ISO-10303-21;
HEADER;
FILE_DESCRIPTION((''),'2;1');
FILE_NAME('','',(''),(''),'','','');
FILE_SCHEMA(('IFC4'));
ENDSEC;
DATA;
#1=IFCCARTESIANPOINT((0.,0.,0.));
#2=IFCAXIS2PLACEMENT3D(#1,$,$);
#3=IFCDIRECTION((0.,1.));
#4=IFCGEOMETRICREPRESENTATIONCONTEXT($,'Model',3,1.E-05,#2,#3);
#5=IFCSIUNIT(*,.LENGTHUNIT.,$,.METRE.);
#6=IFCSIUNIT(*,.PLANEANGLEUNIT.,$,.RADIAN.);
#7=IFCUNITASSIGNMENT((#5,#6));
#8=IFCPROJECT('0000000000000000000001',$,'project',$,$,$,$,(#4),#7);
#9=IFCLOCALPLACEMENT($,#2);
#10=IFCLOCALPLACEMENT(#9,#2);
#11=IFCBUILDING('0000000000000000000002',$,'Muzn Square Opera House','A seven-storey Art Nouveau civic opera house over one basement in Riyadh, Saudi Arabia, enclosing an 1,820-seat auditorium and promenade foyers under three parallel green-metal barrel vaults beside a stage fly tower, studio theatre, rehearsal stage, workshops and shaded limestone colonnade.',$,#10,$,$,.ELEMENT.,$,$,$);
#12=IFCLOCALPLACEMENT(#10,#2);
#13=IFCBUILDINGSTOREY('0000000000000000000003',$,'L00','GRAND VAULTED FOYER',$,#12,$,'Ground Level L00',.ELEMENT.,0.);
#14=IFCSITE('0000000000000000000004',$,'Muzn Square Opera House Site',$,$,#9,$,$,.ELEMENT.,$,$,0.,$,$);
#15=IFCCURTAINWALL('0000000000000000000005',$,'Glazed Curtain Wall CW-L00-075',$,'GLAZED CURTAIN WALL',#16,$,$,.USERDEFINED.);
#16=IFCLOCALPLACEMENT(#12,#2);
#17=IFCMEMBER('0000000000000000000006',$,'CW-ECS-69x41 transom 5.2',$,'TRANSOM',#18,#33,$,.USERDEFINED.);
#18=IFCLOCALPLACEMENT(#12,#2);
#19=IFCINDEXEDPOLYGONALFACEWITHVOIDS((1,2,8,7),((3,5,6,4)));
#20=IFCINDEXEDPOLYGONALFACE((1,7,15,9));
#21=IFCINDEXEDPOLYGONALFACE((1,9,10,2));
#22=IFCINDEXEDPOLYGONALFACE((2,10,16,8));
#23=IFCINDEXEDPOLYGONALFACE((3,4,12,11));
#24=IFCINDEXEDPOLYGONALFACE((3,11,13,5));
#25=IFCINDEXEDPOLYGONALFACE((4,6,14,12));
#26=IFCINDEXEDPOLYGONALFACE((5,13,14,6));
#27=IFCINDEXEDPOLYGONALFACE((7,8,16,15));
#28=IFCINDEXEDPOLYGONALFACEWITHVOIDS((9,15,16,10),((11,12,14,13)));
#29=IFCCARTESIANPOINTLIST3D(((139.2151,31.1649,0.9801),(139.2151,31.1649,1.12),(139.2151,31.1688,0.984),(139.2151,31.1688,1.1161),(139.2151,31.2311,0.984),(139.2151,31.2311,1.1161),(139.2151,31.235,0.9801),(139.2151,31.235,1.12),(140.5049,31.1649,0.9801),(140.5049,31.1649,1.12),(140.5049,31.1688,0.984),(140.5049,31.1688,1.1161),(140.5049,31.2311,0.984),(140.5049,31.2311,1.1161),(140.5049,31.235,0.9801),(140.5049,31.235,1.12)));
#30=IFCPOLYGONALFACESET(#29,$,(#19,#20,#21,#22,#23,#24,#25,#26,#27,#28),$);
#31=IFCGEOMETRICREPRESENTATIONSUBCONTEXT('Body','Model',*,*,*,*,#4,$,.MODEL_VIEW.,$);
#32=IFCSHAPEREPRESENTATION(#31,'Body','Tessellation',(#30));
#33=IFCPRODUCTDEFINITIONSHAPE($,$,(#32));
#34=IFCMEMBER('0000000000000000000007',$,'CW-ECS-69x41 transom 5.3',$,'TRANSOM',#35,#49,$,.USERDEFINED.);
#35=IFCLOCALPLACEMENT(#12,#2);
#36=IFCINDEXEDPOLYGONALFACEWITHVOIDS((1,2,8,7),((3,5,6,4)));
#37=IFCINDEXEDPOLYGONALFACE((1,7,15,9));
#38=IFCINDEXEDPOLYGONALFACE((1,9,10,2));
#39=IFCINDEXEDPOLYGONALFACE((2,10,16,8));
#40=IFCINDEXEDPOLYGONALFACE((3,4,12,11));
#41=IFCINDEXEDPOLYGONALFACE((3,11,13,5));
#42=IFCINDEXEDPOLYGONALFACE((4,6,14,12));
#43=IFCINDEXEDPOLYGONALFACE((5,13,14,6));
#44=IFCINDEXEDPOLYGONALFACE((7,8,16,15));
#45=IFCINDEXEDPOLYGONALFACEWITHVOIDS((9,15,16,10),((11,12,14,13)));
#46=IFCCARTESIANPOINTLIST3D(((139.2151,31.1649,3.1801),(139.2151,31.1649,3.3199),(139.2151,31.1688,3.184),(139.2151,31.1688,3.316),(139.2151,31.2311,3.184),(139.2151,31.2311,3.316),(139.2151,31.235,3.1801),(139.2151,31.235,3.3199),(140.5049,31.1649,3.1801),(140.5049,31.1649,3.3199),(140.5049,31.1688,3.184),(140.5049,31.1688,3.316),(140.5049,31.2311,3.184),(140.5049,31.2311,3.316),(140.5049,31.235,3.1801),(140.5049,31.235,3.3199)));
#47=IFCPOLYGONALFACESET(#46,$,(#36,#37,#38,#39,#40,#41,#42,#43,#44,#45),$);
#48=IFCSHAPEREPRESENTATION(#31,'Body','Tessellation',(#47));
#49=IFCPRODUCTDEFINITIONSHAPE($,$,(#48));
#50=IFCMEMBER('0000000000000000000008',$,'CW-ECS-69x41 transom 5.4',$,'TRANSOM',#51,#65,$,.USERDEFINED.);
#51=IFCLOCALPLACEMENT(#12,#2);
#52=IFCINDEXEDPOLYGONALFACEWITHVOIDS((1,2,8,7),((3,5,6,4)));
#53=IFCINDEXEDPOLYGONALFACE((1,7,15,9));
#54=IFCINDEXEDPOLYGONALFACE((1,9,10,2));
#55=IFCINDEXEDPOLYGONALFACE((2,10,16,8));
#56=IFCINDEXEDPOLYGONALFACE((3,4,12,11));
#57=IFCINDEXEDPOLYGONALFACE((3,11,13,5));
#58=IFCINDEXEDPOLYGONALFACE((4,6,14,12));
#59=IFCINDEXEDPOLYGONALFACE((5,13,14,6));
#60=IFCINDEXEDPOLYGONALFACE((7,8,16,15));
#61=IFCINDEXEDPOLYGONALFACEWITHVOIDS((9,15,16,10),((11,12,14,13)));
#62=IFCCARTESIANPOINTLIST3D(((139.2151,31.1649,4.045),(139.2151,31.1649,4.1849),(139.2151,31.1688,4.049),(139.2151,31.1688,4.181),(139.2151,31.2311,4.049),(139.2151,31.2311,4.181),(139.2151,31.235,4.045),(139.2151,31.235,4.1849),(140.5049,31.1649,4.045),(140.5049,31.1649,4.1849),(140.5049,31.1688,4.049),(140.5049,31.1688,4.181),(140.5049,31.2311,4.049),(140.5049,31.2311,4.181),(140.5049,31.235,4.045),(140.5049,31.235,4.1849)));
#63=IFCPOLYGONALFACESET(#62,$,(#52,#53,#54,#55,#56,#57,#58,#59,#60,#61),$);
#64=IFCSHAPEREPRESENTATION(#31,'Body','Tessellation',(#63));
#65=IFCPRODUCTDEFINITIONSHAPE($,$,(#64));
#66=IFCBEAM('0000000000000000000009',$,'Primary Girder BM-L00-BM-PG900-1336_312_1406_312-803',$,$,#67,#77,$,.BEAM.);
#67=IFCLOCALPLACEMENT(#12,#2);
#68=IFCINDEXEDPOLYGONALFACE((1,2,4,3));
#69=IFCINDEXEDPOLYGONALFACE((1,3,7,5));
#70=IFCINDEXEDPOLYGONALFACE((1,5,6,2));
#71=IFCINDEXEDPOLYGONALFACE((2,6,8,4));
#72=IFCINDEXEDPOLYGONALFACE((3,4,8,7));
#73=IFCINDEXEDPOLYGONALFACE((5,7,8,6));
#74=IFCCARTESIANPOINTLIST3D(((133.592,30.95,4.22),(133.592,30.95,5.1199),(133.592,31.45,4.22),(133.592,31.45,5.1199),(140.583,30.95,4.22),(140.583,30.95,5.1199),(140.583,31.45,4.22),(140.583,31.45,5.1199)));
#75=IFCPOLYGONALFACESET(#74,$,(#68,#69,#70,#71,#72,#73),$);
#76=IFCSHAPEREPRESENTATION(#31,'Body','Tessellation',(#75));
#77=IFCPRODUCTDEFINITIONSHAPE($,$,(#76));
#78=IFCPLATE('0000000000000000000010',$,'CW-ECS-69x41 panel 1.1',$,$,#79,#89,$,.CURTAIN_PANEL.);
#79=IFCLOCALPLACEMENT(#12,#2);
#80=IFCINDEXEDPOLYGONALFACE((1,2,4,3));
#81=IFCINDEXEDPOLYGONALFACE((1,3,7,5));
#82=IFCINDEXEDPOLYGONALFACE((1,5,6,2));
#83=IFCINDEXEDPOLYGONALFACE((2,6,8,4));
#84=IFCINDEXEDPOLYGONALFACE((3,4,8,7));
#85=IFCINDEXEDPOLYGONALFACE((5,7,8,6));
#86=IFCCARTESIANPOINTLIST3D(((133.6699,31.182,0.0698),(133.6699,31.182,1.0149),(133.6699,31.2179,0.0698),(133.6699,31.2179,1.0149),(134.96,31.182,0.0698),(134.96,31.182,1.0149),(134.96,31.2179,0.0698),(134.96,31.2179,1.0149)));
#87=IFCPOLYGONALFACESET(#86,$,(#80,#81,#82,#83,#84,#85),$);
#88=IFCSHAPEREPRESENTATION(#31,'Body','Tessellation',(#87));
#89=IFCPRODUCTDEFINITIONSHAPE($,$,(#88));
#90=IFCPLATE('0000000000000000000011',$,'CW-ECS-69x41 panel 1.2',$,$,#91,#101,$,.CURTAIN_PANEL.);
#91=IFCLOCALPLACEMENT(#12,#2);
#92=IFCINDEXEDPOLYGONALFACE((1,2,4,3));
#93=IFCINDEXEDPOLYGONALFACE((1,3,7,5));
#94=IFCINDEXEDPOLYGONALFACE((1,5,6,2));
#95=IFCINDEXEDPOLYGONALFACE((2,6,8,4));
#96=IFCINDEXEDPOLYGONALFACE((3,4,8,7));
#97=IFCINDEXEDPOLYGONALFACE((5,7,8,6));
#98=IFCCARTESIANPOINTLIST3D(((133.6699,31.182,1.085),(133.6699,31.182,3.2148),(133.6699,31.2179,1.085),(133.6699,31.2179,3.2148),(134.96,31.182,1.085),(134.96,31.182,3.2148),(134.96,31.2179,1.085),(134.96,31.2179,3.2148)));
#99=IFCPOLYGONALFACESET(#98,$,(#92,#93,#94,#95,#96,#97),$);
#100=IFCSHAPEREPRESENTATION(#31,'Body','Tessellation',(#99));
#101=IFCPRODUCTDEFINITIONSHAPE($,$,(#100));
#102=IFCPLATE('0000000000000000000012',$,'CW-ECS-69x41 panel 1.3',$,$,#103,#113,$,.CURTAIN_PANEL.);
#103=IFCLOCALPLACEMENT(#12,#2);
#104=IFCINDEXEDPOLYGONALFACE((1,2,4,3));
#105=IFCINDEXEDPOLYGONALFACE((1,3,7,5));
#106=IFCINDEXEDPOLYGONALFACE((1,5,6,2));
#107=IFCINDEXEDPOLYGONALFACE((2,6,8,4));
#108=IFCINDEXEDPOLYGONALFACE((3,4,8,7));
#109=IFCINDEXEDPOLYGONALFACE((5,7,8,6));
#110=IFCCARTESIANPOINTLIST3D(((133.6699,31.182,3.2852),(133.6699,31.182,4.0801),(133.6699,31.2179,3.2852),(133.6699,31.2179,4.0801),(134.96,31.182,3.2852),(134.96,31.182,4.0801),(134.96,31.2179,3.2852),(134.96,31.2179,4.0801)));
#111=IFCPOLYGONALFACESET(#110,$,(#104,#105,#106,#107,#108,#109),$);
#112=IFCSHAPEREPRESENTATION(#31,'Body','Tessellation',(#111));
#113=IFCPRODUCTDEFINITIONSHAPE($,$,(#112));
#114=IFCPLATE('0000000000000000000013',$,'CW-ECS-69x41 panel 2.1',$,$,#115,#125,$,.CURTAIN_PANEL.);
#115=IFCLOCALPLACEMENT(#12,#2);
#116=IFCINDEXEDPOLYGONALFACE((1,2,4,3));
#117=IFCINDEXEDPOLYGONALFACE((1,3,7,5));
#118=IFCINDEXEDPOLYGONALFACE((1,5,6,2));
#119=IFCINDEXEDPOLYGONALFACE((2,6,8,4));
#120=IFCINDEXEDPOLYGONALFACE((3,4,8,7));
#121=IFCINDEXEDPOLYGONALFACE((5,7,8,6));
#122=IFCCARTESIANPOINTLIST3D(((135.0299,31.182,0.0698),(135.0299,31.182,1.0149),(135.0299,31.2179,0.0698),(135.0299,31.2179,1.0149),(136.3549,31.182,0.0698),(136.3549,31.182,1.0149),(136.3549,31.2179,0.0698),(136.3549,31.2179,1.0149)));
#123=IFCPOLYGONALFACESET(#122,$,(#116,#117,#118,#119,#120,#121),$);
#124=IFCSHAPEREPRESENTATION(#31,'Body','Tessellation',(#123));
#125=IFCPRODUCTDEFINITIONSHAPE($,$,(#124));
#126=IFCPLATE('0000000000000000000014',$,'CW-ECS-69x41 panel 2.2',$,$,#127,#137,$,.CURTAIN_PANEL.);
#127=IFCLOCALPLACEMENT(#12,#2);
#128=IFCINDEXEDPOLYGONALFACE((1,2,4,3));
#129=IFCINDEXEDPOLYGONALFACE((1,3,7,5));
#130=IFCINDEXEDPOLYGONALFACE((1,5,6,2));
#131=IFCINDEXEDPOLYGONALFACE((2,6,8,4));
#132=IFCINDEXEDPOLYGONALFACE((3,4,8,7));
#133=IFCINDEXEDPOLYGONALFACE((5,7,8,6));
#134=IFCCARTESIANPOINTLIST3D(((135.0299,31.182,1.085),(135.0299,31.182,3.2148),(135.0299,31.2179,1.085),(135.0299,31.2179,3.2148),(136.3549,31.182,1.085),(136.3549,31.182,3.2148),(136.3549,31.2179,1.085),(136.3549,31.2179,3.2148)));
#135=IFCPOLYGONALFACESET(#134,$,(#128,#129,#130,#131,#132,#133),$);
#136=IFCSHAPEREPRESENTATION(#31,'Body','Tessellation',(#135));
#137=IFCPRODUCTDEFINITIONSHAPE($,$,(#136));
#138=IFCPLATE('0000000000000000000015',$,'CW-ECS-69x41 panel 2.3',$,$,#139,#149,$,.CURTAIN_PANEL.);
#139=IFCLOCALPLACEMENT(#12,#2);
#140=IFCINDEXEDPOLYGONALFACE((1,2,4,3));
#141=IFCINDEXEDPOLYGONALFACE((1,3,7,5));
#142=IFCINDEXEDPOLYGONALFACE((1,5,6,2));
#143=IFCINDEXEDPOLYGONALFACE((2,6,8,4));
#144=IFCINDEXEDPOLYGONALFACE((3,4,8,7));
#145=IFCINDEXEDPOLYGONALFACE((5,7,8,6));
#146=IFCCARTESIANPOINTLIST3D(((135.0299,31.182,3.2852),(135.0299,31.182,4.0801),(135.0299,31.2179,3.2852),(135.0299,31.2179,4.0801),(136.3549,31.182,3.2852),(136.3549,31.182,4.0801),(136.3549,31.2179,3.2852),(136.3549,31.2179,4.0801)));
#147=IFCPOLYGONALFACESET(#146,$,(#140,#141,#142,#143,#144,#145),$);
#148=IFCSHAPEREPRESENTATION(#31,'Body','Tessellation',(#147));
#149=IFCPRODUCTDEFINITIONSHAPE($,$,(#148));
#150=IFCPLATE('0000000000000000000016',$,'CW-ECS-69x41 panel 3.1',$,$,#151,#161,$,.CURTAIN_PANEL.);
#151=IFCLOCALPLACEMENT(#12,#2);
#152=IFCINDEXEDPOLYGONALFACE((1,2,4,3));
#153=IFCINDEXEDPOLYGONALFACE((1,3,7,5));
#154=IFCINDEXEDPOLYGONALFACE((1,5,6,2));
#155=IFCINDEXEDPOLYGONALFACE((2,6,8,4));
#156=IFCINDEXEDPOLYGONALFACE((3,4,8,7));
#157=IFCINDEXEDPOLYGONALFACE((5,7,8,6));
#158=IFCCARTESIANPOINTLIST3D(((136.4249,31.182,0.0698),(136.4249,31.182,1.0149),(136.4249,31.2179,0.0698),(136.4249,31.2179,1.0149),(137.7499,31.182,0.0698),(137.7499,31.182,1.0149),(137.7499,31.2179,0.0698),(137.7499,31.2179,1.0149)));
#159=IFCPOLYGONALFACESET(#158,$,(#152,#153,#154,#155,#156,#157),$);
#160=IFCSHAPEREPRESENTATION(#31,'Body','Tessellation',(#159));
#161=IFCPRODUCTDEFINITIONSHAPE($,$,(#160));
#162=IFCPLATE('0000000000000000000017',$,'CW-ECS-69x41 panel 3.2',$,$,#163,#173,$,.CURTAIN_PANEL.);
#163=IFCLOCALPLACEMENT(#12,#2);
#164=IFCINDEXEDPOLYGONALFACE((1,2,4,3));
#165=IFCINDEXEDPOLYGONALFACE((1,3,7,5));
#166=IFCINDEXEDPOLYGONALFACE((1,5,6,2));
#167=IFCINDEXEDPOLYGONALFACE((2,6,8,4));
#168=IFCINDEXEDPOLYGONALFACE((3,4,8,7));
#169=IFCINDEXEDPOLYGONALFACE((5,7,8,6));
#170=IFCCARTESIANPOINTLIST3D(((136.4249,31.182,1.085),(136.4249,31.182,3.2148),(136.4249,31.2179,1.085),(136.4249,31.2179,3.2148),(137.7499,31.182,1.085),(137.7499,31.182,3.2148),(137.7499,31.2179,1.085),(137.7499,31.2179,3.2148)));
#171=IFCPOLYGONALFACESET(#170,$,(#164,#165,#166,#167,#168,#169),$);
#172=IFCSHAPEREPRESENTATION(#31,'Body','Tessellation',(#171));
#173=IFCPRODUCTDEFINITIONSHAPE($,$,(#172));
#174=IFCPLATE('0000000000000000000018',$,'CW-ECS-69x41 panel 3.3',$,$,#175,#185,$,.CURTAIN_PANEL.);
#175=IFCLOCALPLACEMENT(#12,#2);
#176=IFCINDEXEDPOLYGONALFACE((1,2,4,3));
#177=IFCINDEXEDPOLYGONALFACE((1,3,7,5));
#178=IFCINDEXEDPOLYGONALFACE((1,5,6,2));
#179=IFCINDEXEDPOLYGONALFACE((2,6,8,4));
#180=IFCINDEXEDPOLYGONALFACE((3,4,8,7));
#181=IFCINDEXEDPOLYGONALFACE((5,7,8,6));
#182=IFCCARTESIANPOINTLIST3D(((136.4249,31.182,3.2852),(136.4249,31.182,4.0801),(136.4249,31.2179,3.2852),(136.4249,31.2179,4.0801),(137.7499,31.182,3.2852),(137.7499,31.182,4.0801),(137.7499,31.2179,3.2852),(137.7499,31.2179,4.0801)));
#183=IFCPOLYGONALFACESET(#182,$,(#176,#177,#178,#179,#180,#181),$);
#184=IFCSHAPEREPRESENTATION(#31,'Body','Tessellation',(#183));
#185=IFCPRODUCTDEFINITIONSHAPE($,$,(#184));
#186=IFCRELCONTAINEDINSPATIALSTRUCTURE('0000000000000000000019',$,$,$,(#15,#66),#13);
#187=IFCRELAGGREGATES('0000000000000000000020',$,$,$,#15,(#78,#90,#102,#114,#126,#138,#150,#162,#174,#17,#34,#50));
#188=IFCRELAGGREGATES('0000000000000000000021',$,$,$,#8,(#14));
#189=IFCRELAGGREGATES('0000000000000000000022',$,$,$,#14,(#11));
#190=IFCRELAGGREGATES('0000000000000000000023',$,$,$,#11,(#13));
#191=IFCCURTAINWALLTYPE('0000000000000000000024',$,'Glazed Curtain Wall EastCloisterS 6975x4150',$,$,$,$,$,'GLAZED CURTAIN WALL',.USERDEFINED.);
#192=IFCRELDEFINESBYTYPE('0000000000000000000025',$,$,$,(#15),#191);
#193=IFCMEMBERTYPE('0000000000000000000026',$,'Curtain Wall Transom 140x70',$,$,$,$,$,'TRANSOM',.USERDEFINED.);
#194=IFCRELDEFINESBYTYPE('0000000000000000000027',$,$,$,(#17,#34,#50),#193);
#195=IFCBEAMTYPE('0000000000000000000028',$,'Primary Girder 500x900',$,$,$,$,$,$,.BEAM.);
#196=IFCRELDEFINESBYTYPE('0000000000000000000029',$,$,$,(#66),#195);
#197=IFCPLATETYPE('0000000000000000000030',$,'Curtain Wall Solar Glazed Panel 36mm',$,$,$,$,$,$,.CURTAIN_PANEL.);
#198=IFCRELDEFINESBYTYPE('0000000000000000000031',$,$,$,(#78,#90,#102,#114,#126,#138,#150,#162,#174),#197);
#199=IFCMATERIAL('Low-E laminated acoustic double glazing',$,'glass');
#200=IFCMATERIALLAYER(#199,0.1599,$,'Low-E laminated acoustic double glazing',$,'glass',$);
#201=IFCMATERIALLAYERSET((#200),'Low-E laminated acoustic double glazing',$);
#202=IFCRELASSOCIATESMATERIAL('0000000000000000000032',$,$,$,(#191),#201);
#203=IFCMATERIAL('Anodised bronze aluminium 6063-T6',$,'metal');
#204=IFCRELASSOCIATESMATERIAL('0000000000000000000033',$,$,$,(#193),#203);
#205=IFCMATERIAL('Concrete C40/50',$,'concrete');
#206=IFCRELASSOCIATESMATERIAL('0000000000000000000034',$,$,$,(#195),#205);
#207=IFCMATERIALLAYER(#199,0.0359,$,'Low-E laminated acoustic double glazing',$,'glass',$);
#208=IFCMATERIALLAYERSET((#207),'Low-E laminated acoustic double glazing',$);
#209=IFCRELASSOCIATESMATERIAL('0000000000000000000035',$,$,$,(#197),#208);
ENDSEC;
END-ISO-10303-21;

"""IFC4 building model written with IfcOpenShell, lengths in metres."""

from ifc_helpers import new_model, si_unit, direction, frame, origin, origin_2d, place, context, subcontext, project, spatial, rectangle, hollow_rectangle, extrude, material, layer, layer_set, material_profile, profile_set, type_object, element, aggregate, save


model = new_model("IFC4")

# Units and contexts
model_context = context("Model", 3, precision=1e-05, world=origin(), true_north=direction((0.0, 1.0)))
body_context = subcontext(model_context, "Body", "Model", "MODEL_VIEW")
ifc_project = project(units=[si_unit("LENGTHUNIT", "METRE"), si_unit("PLANEANGLEUNIT", "RADIAN")], contexts=[model_context])

# Site, building, storey
site_placement = place(None, origin())
site = spatial("IfcSite", under=ifc_project, at=site_placement, Name="Muzn Square Opera House Site", CompositionType="ELEMENT", RefElevation=0.0)
building_placement = place(site_placement, origin())
building = spatial("IfcBuilding", under=site, at=building_placement, Name="Muzn Square Opera House", Description="A seven-storey Art Nouveau civic opera house over one basement in Riyadh, Saudi Arabia, enclosing an 1,820-seat auditorium and promenade foyers under three parallel green-metal barrel vaults beside a stage fly tower, studio theatre, rehearsal stage, workshops and shaded limestone colonnade.", CompositionType="ELEMENT")
storey_placement = place(building_placement, origin())
storey = spatial("IfcBuildingStorey", under=building, at=storey_placement, Name="L00", Description="GRAND VAULTED FOYER", LongName="Ground Level L00", CompositionType="ELEMENT", Elevation=0.0)

# Curtain wall, members
ifc_material_1 = material(Name="Low-E laminated acoustic double glazing", Category="glass")
ifc_layer_1 = layer(ifc_material_1, 0.1599, Name="Low-E laminated acoustic double glazing", Category="glass")
ifc_layer_set_1 = layer_set([ifc_layer_1], Name="Low-E laminated acoustic double glazing")
curtain_wall_type = type_object("IfcCurtainWallType", Name="Glazed Curtain Wall EastCloisterS 6975x4150", ElementType="GLAZED CURTAIN WALL", PredefinedType="USERDEFINED", material=ifc_layer_set_1)
curtain_wall_placement = place(storey_placement, origin())
curtain_wall = element("IfcCurtainWall", 1, at=curtain_wall_placement, inside=storey, type_object=curtain_wall_type, Name="Glazed Curtain Wall CW-L00-075", ObjectType="GLAZED CURTAIN WALL", PredefinedType="USERDEFINED")
ifc_material_2 = material(Name="Anodised bronze aluminium 6063-T6", Category="metal")
ifc_material_profile_1 = material_profile(ifc_material_2, hollow_rectangle(XDim=0.0701, YDim=0.1399, WallThickness=0.0039, at=origin_2d()), Name="ALU 140x70x4", Category="metal")
ifc_profile_set_1 = profile_set([ifc_material_profile_1], Name="Anodised bronze aluminium 6063-T6")
member_type_1 = type_object("IfcMemberType", Name="Curtain Wall Transom 140x70", ElementType="TRANSOM", PredefinedType="USERDEFINED", material=ifc_profile_set_1)
member_1_placement = place(storey_placement, frame((139.2151, 31.2, 1.05), z_axis=(1.0, 0.0, 0.0), x_axis=(0.0, 1.0, 0.0)))
member_1 = element("IfcMember", 2, at=member_1_placement, type_object=member_type_1, Name="CW-ECS-69x41 transom 5.2", ObjectType="TRANSOM", PredefinedType="USERDEFINED", context=body_context, shape_type="SweptSolid", body=[
    extrude(hollow_rectangle(XDim=0.0701, YDim=0.1399, WallThickness=0.0039, at=origin_2d()), origin(), (0.0, 0.0, 1.0), 1.2898),
])
member_2_placement = place(storey_placement, frame((139.2151, 31.2, 3.25), z_axis=(1.0, 0.0, 0.0), x_axis=(0.0, 1.0, 0.0)))
member_2 = element("IfcMember", 3, at=member_2_placement, type_object=member_type_1, Name="CW-ECS-69x41 transom 5.3", ObjectType="TRANSOM", PredefinedType="USERDEFINED", context=body_context, shape_type="SweptSolid", body=[
    extrude(hollow_rectangle(XDim=0.0701, YDim=0.1399, WallThickness=0.0039, at=origin_2d()), origin(), (0.0, 0.0, 1.0), 1.2898),
])
member_3_placement = place(storey_placement, frame((139.2151, 31.2, 4.115), z_axis=(1.0, 0.0, 0.0), x_axis=(0.0, 1.0, 0.0)))
member_3 = element("IfcMember", 4, at=member_3_placement, type_object=member_type_1, Name="CW-ECS-69x41 transom 5.4", ObjectType="TRANSOM", PredefinedType="USERDEFINED", context=body_context, shape_type="SweptSolid", body=[
    extrude(hollow_rectangle(XDim=0.0701, YDim=0.1399, WallThickness=0.0039, at=origin_2d()), origin(), (0.0, 0.0, 1.0), 1.2898),
])

# Beam
ifc_material_3 = material(Name="Concrete C40/50", Category="concrete")
ifc_material_profile_2 = material_profile(ifc_material_3, rectangle(XDim=0.5, YDim=0.8999, at=origin_2d()), Name="RCB 500x900", Category="concrete")
ifc_profile_set_2 = profile_set([ifc_material_profile_2], Name="Concrete C40/50")
beam_type = type_object("IfcBeamType", Name="Primary Girder 500x900", PredefinedType="BEAM", material=ifc_profile_set_2)
beam_placement = place(storey_placement, frame((133.592, 31.2, 4.6699), z_axis=(1.0, 0.0, 0.0), x_axis=(0.0, 1.0, 0.0)))
element("IfcBeam", 5, at=beam_placement, inside=storey, type_object=beam_type, Name="Primary Girder BM-L00-BM-PG900-1336_312_1406_312-803", PredefinedType="BEAM", context=body_context, shape_type="SweptSolid", body=[
    extrude(rectangle(XDim=0.5, YDim=0.8999, at=origin_2d()), origin(), (0.0, 0.0, 1.0), 6.991),
])

# Plates
ifc_layer_2 = layer(ifc_material_1, 0.0359, Name="Low-E laminated acoustic double glazing", Category="glass")
ifc_layer_set_2 = layer_set([ifc_layer_2], Name="Low-E laminated acoustic double glazing")
plate_type = type_object("IfcPlateType", Name="Curtain Wall Solar Glazed Panel 36mm", PredefinedType="CURTAIN_PANEL", material=ifc_layer_set_2)
plate_1_placement = place(storey_placement, frame((134.3149, 31.2, 0.0698), z_axis=(0.0, 0.0, 1.0), x_axis=(1.0, 0.0, 0.0)))
plate_1 = element("IfcPlate", 6, at=plate_1_placement, type_object=plate_type, Name="CW-ECS-69x41 panel 1.1", PredefinedType="CURTAIN_PANEL", context=body_context, shape_type="SweptSolid", body=[
    extrude(rectangle(XDim=1.29, YDim=0.0359, at=origin_2d()), origin(), (0.0, 0.0, 1.0), 0.9451),
])
plate_2_placement = place(storey_placement, frame((134.3149, 31.2, 1.085), z_axis=(0.0, 0.0, 1.0), x_axis=(1.0, 0.0, 0.0)))
plate_2 = element("IfcPlate", 7, at=plate_2_placement, type_object=plate_type, Name="CW-ECS-69x41 panel 1.2", PredefinedType="CURTAIN_PANEL", context=body_context, shape_type="SweptSolid", body=[
    extrude(rectangle(XDim=1.29, YDim=0.0359, at=origin_2d()), origin(), (0.0, 0.0, 1.0), 2.1299),
])
plate_3_placement = place(storey_placement, frame((134.3149, 31.2, 3.2852), z_axis=(0.0, 0.0, 1.0), x_axis=(1.0, 0.0, 0.0)))
plate_3 = element("IfcPlate", 8, at=plate_3_placement, type_object=plate_type, Name="CW-ECS-69x41 panel 1.3", PredefinedType="CURTAIN_PANEL", context=body_context, shape_type="SweptSolid", body=[
    extrude(rectangle(XDim=1.29, YDim=0.0359, at=origin_2d()), origin(), (0.0, 0.0, 1.0), 0.7949),
])
plate_4_placement = place(storey_placement, frame((135.6924, 31.2, 0.0698), z_axis=(0.0, 0.0, 1.0), x_axis=(1.0, 0.0, 0.0)))
plate_4 = element("IfcPlate", 9, at=plate_4_placement, type_object=plate_type, Name="CW-ECS-69x41 panel 2.1", PredefinedType="CURTAIN_PANEL", context=body_context, shape_type="SweptSolid", body=[
    extrude(rectangle(XDim=1.325, YDim=0.0359, at=origin_2d()), origin(), (0.0, 0.0, 1.0), 0.9451),
])
plate_5_placement = place(storey_placement, frame((135.6924, 31.2, 1.085), z_axis=(0.0, 0.0, 1.0), x_axis=(1.0, 0.0, 0.0)))
plate_5 = element("IfcPlate", 10, at=plate_5_placement, type_object=plate_type, Name="CW-ECS-69x41 panel 2.2", PredefinedType="CURTAIN_PANEL", context=body_context, shape_type="SweptSolid", body=[
    extrude(rectangle(XDim=1.325, YDim=0.0359, at=origin_2d()), origin(), (0.0, 0.0, 1.0), 2.1299),
])
plate_6_placement = place(storey_placement, frame((135.6924, 31.2, 3.2852), z_axis=(0.0, 0.0, 1.0), x_axis=(1.0, 0.0, 0.0)))
plate_6 = element("IfcPlate", 11, at=plate_6_placement, type_object=plate_type, Name="CW-ECS-69x41 panel 2.3", PredefinedType="CURTAIN_PANEL", context=body_context, shape_type="SweptSolid", body=[
    extrude(rectangle(XDim=1.325, YDim=0.0359, at=origin_2d()), origin(), (0.0, 0.0, 1.0), 0.7949),
])
plate_7_placement = place(storey_placement, frame((137.0874, 31.2, 0.0698), z_axis=(0.0, 0.0, 1.0), x_axis=(1.0, 0.0, 0.0)))
plate_7 = element("IfcPlate", 12, at=plate_7_placement, type_object=plate_type, Name="CW-ECS-69x41 panel 3.1", PredefinedType="CURTAIN_PANEL", context=body_context, shape_type="SweptSolid", body=[
    extrude(rectangle(XDim=1.325, YDim=0.0359, at=origin_2d()), origin(), (0.0, 0.0, 1.0), 0.9451),
])
plate_8_placement = place(storey_placement, frame((137.0874, 31.2, 1.085), z_axis=(0.0, 0.0, 1.0), x_axis=(1.0, 0.0, 0.0)))
plate_8 = element("IfcPlate", 13, at=plate_8_placement, type_object=plate_type, Name="CW-ECS-69x41 panel 3.2", PredefinedType="CURTAIN_PANEL", context=body_context, shape_type="SweptSolid", body=[
    extrude(rectangle(XDim=1.325, YDim=0.0359, at=origin_2d()), origin(), (0.0, 0.0, 1.0), 2.1299),
])
plate_9_placement = place(storey_placement, frame((137.0874, 31.2, 3.2852), z_axis=(0.0, 0.0, 1.0), x_axis=(1.0, 0.0, 0.0)))
plate_9 = element("IfcPlate", 14, at=plate_9_placement, type_object=plate_type, Name="CW-ECS-69x41 panel 3.3", PredefinedType="CURTAIN_PANEL", context=body_context, shape_type="SweptSolid", body=[
    extrude(rectangle(XDim=1.325, YDim=0.0359, at=origin_2d()), origin(), (0.0, 0.0, 1.0), 0.7949),
])
aggregate(curtain_wall, [plate_1, plate_2, plate_3, plate_4, plate_5, plate_6, plate_7, plate_8, plate_9, member_1, member_2, member_3])

save(model, "model.ifc")
